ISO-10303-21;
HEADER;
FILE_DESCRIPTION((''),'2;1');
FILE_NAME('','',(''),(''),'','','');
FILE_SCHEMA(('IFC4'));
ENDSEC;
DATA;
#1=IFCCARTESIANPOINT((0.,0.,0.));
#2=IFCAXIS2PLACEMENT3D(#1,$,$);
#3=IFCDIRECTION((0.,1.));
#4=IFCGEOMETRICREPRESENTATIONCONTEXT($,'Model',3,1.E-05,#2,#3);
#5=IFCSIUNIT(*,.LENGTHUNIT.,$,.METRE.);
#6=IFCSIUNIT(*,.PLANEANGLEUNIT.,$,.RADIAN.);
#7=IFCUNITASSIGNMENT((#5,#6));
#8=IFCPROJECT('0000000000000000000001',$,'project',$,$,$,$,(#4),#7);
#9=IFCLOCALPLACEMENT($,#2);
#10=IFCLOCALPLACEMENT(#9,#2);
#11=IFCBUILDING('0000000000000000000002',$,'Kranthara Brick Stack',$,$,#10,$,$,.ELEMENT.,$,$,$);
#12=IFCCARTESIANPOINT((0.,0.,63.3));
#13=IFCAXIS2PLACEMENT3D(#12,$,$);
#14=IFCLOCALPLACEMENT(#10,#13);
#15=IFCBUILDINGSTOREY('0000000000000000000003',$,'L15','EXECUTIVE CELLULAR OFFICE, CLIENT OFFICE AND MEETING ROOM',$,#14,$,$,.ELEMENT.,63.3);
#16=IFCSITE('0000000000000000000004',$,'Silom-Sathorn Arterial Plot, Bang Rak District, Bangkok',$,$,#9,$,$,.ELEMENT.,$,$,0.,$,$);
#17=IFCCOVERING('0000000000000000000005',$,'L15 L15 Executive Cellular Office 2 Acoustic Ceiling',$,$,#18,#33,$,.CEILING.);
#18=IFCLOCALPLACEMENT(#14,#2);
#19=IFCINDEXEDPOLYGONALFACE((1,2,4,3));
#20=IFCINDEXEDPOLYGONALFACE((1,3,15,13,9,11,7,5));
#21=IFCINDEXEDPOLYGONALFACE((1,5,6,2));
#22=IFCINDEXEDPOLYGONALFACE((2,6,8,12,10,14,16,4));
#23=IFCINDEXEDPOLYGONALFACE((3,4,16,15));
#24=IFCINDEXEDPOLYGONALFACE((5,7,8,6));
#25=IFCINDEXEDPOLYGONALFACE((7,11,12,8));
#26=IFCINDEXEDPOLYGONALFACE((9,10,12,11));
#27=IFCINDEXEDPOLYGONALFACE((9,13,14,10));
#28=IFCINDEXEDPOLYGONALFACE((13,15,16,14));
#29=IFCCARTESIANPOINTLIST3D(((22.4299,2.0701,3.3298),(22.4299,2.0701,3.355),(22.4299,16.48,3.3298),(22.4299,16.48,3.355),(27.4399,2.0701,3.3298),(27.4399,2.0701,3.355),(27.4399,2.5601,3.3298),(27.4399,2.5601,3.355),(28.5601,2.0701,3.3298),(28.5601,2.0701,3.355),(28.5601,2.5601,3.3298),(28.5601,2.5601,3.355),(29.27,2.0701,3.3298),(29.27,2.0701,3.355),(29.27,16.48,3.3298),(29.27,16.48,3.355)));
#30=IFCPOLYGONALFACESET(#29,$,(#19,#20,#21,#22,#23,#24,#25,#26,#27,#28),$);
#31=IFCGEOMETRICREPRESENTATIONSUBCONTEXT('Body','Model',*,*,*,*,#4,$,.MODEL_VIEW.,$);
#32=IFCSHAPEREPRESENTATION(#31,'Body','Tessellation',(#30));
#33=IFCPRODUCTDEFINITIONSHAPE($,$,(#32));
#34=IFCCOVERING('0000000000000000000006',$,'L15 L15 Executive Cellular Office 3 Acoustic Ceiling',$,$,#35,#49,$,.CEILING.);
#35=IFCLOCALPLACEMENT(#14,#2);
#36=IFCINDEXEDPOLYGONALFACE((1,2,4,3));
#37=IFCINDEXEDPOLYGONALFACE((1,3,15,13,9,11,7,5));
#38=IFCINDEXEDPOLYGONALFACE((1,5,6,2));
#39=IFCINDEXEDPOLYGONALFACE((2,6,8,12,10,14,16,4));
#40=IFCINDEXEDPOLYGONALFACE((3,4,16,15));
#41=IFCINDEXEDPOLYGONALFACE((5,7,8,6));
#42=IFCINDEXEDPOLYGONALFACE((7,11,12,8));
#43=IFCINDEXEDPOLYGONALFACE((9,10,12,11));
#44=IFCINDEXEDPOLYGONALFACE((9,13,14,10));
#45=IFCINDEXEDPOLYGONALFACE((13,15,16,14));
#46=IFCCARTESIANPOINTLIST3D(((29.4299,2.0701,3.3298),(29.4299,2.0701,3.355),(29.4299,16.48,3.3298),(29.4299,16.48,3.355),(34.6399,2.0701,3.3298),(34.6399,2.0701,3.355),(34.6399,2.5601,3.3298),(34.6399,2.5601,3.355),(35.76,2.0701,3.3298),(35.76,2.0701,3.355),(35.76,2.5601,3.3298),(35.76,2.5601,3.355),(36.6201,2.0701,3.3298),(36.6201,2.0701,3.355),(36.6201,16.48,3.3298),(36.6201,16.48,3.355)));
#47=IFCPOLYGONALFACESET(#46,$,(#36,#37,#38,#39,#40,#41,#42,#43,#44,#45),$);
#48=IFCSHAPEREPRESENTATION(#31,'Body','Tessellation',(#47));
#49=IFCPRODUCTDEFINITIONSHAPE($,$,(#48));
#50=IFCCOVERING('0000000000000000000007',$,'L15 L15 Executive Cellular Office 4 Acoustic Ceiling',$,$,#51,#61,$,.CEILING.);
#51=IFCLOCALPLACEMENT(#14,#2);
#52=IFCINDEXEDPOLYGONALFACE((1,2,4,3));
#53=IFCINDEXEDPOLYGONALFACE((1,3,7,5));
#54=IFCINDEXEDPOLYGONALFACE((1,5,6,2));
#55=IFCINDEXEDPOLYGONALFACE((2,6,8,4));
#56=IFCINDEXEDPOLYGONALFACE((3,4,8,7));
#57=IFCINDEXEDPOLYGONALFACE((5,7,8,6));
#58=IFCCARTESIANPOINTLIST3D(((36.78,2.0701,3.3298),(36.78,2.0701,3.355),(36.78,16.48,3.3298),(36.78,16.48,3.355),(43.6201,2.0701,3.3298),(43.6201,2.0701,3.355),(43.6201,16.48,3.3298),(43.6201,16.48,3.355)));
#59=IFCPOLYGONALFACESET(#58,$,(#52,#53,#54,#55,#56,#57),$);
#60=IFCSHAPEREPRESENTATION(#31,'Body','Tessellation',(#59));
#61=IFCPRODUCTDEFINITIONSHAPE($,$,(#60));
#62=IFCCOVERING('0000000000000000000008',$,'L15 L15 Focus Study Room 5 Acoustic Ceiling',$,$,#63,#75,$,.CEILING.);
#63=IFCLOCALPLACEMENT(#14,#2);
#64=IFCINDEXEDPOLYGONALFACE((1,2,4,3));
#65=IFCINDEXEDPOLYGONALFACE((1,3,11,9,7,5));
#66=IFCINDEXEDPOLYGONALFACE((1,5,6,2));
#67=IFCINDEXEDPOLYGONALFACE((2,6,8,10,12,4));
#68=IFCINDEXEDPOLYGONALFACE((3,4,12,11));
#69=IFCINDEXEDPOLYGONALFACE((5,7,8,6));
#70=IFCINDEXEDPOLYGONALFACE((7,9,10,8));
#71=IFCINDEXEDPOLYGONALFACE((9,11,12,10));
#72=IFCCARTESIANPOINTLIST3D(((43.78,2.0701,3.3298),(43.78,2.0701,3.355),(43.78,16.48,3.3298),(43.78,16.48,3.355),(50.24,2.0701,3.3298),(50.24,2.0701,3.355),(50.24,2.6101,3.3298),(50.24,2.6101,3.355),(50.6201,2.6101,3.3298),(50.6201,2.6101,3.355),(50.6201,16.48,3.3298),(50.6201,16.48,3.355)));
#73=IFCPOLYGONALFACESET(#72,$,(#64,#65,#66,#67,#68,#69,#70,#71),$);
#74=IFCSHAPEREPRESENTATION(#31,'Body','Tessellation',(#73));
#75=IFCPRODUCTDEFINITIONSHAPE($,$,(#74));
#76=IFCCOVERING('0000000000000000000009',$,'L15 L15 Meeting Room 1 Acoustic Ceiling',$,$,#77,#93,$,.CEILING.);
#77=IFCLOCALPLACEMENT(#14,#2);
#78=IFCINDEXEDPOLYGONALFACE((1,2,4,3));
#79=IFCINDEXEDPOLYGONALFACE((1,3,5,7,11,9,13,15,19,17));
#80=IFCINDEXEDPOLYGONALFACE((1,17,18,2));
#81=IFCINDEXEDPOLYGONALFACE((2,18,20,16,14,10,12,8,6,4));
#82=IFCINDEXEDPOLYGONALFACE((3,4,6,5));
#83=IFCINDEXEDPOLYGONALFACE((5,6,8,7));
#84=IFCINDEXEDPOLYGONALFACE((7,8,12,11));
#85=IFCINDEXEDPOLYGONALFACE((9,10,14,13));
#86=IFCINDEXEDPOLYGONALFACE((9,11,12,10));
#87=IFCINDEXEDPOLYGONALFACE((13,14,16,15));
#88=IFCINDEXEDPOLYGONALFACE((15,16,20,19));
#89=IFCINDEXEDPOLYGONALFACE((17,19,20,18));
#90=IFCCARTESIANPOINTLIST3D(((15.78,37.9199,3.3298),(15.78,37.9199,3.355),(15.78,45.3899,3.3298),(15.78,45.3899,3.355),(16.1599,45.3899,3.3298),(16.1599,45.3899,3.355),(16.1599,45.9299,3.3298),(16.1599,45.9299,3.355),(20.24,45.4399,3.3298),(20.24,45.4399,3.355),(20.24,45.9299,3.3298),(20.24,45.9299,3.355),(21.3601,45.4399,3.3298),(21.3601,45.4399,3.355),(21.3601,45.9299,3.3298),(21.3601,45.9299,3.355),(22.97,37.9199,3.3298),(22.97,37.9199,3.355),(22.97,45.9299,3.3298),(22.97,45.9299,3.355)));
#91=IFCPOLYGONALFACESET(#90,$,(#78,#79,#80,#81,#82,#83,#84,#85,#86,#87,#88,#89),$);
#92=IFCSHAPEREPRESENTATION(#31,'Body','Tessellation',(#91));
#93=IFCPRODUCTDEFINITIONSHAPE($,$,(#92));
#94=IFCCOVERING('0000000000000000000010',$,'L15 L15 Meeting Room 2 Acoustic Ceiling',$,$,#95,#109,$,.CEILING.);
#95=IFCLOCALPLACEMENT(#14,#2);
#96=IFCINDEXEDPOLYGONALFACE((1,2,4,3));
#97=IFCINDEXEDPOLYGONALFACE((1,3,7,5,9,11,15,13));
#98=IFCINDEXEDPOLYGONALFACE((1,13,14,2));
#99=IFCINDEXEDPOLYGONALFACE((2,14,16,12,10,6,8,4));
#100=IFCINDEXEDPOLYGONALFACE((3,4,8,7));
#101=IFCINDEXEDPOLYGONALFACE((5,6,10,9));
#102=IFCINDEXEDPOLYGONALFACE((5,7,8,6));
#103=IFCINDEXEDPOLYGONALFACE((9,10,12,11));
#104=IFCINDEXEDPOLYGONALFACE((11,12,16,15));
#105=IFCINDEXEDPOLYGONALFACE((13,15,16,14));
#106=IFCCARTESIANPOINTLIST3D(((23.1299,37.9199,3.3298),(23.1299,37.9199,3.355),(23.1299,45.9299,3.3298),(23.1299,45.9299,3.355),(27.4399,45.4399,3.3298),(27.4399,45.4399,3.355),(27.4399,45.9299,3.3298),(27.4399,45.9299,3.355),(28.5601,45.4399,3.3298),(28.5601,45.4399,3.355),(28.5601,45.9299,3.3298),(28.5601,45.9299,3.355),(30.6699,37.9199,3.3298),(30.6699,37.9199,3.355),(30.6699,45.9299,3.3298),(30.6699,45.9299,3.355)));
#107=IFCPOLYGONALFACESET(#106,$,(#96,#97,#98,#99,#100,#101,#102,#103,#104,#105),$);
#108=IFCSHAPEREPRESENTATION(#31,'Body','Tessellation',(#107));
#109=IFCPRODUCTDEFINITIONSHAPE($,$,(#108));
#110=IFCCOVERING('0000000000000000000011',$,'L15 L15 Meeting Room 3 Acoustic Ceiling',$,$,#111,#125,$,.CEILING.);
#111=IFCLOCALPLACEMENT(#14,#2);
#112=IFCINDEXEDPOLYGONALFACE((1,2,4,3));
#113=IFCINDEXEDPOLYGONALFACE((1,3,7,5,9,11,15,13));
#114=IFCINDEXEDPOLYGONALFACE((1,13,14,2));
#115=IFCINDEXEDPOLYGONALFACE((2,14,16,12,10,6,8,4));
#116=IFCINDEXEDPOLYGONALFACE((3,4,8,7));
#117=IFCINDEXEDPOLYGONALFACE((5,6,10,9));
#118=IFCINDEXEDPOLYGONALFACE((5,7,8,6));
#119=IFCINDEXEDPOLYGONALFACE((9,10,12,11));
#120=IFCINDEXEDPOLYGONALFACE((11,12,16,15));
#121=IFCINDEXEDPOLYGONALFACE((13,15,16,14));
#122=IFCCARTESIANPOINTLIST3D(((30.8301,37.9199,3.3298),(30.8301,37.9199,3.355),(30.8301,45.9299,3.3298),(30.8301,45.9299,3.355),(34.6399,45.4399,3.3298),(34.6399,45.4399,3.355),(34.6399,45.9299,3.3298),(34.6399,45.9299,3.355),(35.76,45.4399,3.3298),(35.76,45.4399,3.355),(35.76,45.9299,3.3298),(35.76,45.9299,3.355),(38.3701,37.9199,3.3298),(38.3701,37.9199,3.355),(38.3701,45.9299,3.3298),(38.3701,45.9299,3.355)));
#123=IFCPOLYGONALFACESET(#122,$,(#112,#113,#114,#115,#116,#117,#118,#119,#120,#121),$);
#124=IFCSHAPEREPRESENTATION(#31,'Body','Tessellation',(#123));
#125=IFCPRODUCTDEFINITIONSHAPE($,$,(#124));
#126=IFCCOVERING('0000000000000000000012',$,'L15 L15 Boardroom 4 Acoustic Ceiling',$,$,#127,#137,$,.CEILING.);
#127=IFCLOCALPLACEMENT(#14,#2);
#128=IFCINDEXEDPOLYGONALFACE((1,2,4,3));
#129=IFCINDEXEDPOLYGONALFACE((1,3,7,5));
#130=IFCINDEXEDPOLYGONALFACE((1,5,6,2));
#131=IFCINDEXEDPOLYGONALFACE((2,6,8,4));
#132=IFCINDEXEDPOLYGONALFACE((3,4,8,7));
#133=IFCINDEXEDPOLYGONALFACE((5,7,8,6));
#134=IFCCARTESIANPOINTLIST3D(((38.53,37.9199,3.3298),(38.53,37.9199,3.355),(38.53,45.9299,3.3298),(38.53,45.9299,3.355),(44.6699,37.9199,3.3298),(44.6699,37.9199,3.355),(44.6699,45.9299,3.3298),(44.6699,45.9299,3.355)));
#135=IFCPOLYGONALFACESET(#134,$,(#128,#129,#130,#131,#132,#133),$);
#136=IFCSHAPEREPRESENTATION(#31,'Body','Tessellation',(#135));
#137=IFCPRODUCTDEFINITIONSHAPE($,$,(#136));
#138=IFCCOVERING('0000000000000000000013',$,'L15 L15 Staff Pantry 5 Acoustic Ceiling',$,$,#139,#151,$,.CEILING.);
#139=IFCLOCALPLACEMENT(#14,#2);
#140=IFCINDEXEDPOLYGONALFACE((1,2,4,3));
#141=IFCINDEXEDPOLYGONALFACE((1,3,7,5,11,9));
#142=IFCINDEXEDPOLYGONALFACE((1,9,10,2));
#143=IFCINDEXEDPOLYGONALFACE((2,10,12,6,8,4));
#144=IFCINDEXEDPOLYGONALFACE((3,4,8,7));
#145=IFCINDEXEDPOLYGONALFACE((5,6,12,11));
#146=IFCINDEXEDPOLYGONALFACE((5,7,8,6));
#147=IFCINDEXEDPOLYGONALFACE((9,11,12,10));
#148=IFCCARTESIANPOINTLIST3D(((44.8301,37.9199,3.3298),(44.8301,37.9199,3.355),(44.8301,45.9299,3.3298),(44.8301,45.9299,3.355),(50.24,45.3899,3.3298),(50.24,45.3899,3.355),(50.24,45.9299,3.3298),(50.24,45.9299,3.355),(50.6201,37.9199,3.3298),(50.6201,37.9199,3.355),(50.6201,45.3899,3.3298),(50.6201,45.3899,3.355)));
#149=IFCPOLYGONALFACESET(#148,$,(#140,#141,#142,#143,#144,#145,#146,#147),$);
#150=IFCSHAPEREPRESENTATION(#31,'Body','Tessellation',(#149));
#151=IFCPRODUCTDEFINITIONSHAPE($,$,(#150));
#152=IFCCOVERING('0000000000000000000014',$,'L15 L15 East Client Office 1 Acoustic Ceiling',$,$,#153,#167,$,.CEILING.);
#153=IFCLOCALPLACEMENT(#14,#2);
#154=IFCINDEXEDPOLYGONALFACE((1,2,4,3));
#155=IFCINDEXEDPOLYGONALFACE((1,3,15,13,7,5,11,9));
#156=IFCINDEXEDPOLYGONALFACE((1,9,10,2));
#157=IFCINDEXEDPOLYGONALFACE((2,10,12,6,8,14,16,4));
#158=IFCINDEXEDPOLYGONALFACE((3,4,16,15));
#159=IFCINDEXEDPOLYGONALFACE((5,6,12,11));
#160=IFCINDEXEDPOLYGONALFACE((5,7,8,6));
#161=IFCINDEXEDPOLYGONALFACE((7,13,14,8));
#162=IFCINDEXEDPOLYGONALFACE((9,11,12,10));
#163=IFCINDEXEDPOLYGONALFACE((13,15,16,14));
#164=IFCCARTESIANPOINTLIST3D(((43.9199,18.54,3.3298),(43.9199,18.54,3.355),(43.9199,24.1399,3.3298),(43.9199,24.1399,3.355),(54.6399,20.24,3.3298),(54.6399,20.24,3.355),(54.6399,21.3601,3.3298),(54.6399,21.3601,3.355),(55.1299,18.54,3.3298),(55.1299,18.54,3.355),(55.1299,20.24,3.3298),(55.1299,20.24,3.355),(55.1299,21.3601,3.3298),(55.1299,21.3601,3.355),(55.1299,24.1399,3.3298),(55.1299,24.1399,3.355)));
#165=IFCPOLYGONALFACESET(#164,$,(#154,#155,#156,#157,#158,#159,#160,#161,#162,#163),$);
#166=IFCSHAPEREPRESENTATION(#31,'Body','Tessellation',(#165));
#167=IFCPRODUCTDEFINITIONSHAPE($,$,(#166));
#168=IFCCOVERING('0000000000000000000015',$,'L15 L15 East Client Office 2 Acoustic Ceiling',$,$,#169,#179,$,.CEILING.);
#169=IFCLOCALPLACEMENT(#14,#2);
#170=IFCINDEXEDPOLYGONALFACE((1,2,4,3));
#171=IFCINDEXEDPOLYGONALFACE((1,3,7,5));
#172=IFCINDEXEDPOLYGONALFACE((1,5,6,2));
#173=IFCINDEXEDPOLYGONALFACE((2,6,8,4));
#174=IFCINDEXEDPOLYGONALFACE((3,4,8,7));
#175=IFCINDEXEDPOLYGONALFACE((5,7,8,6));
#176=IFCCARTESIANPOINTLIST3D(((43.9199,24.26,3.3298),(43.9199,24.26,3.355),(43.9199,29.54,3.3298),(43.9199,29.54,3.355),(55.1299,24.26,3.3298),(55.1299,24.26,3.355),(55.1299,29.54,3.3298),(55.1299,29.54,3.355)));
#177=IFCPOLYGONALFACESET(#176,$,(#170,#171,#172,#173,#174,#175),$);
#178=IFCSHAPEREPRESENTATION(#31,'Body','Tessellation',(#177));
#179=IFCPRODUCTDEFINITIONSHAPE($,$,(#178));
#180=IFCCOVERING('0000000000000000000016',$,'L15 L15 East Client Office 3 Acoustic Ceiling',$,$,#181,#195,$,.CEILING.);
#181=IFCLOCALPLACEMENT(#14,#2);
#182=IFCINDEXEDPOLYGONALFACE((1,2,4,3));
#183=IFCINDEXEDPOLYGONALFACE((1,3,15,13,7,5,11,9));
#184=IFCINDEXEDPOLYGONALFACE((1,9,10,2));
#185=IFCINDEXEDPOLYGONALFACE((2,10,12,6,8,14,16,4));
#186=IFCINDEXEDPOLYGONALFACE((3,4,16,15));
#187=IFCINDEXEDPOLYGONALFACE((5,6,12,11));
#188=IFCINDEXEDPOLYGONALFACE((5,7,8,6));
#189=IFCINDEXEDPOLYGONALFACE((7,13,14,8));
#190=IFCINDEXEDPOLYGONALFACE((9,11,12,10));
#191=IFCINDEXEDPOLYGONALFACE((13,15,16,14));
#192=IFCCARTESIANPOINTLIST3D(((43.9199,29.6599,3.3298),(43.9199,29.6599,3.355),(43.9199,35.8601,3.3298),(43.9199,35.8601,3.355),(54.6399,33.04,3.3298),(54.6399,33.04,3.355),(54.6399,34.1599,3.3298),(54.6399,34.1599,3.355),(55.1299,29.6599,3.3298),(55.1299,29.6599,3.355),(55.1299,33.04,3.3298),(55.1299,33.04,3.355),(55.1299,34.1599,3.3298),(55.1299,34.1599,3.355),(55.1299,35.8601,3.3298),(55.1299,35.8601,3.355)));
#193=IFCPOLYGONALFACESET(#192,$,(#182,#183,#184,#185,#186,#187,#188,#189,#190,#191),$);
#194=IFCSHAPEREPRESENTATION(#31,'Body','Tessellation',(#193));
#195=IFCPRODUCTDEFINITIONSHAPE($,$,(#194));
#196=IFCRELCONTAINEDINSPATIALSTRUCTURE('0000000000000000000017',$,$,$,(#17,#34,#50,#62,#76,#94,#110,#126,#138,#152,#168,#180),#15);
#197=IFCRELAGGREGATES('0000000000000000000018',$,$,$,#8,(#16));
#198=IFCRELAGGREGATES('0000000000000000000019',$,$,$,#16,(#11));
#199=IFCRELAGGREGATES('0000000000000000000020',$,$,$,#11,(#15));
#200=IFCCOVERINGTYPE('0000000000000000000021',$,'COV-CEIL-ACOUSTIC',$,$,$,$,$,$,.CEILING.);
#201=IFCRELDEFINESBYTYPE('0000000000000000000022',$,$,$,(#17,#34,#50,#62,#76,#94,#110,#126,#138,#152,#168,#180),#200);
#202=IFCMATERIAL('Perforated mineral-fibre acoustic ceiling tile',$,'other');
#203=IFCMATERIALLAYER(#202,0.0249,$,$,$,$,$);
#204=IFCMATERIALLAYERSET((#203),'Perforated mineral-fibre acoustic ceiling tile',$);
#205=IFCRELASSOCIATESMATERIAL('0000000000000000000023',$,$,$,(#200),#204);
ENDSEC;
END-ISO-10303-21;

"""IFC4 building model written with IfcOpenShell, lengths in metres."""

from ifc_helpers import new_model, si_unit, direction, frame, origin, place, context, subcontext, project, spatial, polyline, outline, extrude, material, layer, layer_set, type_object, element, save


model = new_model("IFC4")

# Units and contexts
model_context = context("Model", 3, precision=1e-05, world=origin(), true_north=direction((0.0, 1.0)))
body_context = subcontext(model_context, "Body", "Model", "MODEL_VIEW")
ifc_project = project(units=[si_unit("LENGTHUNIT", "METRE"), si_unit("PLANEANGLEUNIT", "RADIAN")], contexts=[model_context])

# Site, building, storey
site_placement = place(None, origin())
site = spatial("IfcSite", under=ifc_project, at=site_placement, Name="Silom-Sathorn Arterial Plot, Bang Rak District, Bangkok", CompositionType="ELEMENT", RefElevation=0.0)
building_placement = place(site_placement, origin())
building = spatial("IfcBuilding", under=site, at=building_placement, Name="Kranthara Brick Stack", CompositionType="ELEMENT")
storey_placement = place(building_placement, frame((0.0, 0.0, 63.3)))
storey = spatial("IfcBuildingStorey", under=building, at=storey_placement, Name="L15", Description="EXECUTIVE CELLULAR OFFICE, CLIENT OFFICE AND MEETING ROOM", CompositionType="ELEMENT", Elevation=63.3)

# Coverings
ifc_material_1 = material(Name="Perforated mineral-fibre acoustic ceiling tile", Category="other")
ifc_layer_1 = layer(ifc_material_1, 0.0249)
ifc_layer_set_1 = layer_set([ifc_layer_1], Name="Perforated mineral-fibre acoustic ceiling tile")
covering_type_1 = type_object("IfcCoveringType", Name="COV-CEIL-ACOUSTIC", PredefinedType="CEILING", material=ifc_layer_set_1)
covering_1_placement = place(storey_placement, frame((0.0, 0.0, 3.3298)))
element("IfcCovering", 1, at=covering_1_placement, inside=storey, type_object=covering_type_1, Name="L15 L15 Executive Cellular Office 2 Acoustic Ceiling", PredefinedType="CEILING", context=body_context, shape_type="SweptSolid", body=[
    extrude(outline(polyline([(22.4299, 2.0701), (22.4299, 16.48), (29.27, 16.48), (29.27, 2.0701), (28.5601, 2.0701), (28.5601, 2.5601), (27.4399, 2.5601), (27.4399, 2.0701), (22.4299, 2.0701)])), origin(), (0.0, 0.0, 1.0), 0.0251),
])
covering_2_placement = place(storey_placement, frame((0.0, 0.0, 3.3298)))
element("IfcCovering", 2, at=covering_2_placement, inside=storey, type_object=covering_type_1, Name="L15 L15 Executive Cellular Office 3 Acoustic Ceiling", PredefinedType="CEILING", context=body_context, shape_type="SweptSolid", body=[
    extrude(outline(polyline([(29.4299, 2.0701), (29.4299, 16.48), (36.6201, 16.48), (36.6201, 2.0701), (35.76, 2.0701), (35.76, 2.5601), (34.6399, 2.5601), (34.6399, 2.0701), (29.4299, 2.0701)])), origin(), (0.0, 0.0, 1.0), 0.0251),
])
covering_3_placement = place(storey_placement, frame((0.0, 0.0, 3.3298)))
element("IfcCovering", 3, at=covering_3_placement, inside=storey, type_object=covering_type_1, Name="L15 L15 Executive Cellular Office 4 Acoustic Ceiling", PredefinedType="CEILING", context=body_context, shape_type="SweptSolid", body=[
    extrude(outline(polyline([(43.6201, 2.0701), (43.6201, 16.48), (36.78, 16.48), (36.78, 2.0701), (43.6201, 2.0701)])), origin(), (0.0, 0.0, 1.0), 0.0251),
])
covering_4_placement = place(storey_placement, frame((0.0, 0.0, 3.3298)))
element("IfcCovering", 4, at=covering_4_placement, inside=storey, type_object=covering_type_1, Name="L15 L15 Focus Study Room 5 Acoustic Ceiling", PredefinedType="CEILING", context=body_context, shape_type="SweptSolid", body=[
    extrude(outline(polyline([(43.78, 2.0701), (43.78, 16.48), (50.6201, 16.48), (50.6201, 2.6101), (50.24, 2.6101), (50.24, 2.0701), (43.78, 2.0701)])), origin(), (0.0, 0.0, 1.0), 0.0251),
])
covering_5_placement = place(storey_placement, frame((0.0, 0.0, 3.3298)))
element("IfcCovering", 5, at=covering_5_placement, inside=storey, type_object=covering_type_1, Name="L15 L15 Meeting Room 1 Acoustic Ceiling", PredefinedType="CEILING", context=body_context, shape_type="SweptSolid", body=[
    extrude(outline(polyline([(22.97, 37.9199), (15.78, 37.9199), (15.78, 45.3899), (16.1599, 45.3899), (16.1599, 45.9299), (20.24, 45.9299), (20.24, 45.4399), (21.3601, 45.4399), (21.3601, 45.9299), (22.97, 45.9299), (22.97, 37.9199)])), origin(), (0.0, 0.0, 1.0), 0.0251),
])
covering_6_placement = place(storey_placement, frame((0.0, 0.0, 3.3298)))
element("IfcCovering", 6, at=covering_6_placement, inside=storey, type_object=covering_type_1, Name="L15 L15 Meeting Room 2 Acoustic Ceiling", PredefinedType="CEILING", context=body_context, shape_type="SweptSolid", body=[
    extrude(outline(polyline([(30.6699, 45.9299), (30.6699, 37.9199), (23.1299, 37.9199), (23.1299, 45.9299), (27.4399, 45.9299), (27.4399, 45.4399), (28.5601, 45.4399), (28.5601, 45.9299), (30.6699, 45.9299)])), origin(), (0.0, 0.0, 1.0), 0.0251),
])
covering_7_placement = place(storey_placement, frame((0.0, 0.0, 3.3298)))
element("IfcCovering", 7, at=covering_7_placement, inside=storey, type_object=covering_type_1, Name="L15 L15 Meeting Room 3 Acoustic Ceiling", PredefinedType="CEILING", context=body_context, shape_type="SweptSolid", body=[
    extrude(outline(polyline([(38.3701, 45.9299), (38.3701, 37.9199), (30.8301, 37.9199), (30.8301, 45.9299), (34.6399, 45.9299), (34.6399, 45.4399), (35.76, 45.4399), (35.76, 45.9299), (38.3701, 45.9299)])), origin(), (0.0, 0.0, 1.0), 0.0251),
])
covering_8_placement = place(storey_placement, frame((0.0, 0.0, 3.3298)))
element("IfcCovering", 8, at=covering_8_placement, inside=storey, type_object=covering_type_1, Name="L15 L15 Boardroom 4 Acoustic Ceiling", PredefinedType="CEILING", context=body_context, shape_type="SweptSolid", body=[
    extrude(outline(polyline([(44.6699, 37.9199), (44.6699, 45.9299), (38.53, 45.9299), (38.53, 37.9199), (44.6699, 37.9199)])), origin(), (0.0, 0.0, 1.0), 0.0251),
])
covering_9_placement = place(storey_placement, frame((0.0, 0.0, 3.3298)))
element("IfcCovering", 9, at=covering_9_placement, inside=storey, type_object=covering_type_1, Name="L15 L15 Staff Pantry 5 Acoustic Ceiling", PredefinedType="CEILING", context=body_context, shape_type="SweptSolid", body=[
    extrude(outline(polyline([(50.6201, 37.9199), (44.8301, 37.9199), (44.8301, 45.9299), (50.24, 45.9299), (50.24, 45.3899), (50.6201, 45.3899), (50.6201, 37.9199)])), origin(), (0.0, 0.0, 1.0), 0.0251),
])
covering_10_placement = place(storey_placement, frame((0.0, 0.0, 3.3298)))
element("IfcCovering", 10, at=covering_10_placement, inside=storey, type_object=covering_type_1, Name="L15 L15 East Client Office 1 Acoustic Ceiling", PredefinedType="CEILING", context=body_context, shape_type="SweptSolid", body=[
    extrude(outline(polyline([(55.1299, 18.54), (43.9199, 18.54), (43.9199, 24.1399), (55.1299, 24.1399), (55.1299, 21.3601), (54.6399, 21.3601), (54.6399, 20.24), (55.1299, 20.24), (55.1299, 18.54)])), origin(), (0.0, 0.0, 1.0), 0.0251),
])
covering_11_placement = place(storey_placement, frame((0.0, 0.0, 3.3298)))
element("IfcCovering", 11, at=covering_11_placement, inside=storey, type_object=covering_type_1, Name="L15 L15 East Client Office 2 Acoustic Ceiling", PredefinedType="CEILING", context=body_context, shape_type="SweptSolid", body=[
    extrude(outline(polyline([(55.1299, 24.26), (55.1299, 29.54), (43.9199, 29.54), (43.9199, 24.26), (55.1299, 24.26)])), origin(), (0.0, 0.0, 1.0), 0.0251),
])
covering_12_placement = place(storey_placement, frame((0.0, 0.0, 3.3298)))
element("IfcCovering", 12, at=covering_12_placement, inside=storey, type_object=covering_type_1, Name="L15 L15 East Client Office 3 Acoustic Ceiling", PredefinedType="CEILING", context=body_context, shape_type="SweptSolid", body=[
    extrude(outline(polyline([(55.1299, 29.6599), (43.9199, 29.6599), (43.9199, 35.8601), (55.1299, 35.8601), (55.1299, 34.1599), (54.6399, 34.1599), (54.6399, 33.04), (55.1299, 33.04), (55.1299, 29.6599)])), origin(), (0.0, 0.0, 1.0), 0.0251),
])

save(model, "model.ifc")
